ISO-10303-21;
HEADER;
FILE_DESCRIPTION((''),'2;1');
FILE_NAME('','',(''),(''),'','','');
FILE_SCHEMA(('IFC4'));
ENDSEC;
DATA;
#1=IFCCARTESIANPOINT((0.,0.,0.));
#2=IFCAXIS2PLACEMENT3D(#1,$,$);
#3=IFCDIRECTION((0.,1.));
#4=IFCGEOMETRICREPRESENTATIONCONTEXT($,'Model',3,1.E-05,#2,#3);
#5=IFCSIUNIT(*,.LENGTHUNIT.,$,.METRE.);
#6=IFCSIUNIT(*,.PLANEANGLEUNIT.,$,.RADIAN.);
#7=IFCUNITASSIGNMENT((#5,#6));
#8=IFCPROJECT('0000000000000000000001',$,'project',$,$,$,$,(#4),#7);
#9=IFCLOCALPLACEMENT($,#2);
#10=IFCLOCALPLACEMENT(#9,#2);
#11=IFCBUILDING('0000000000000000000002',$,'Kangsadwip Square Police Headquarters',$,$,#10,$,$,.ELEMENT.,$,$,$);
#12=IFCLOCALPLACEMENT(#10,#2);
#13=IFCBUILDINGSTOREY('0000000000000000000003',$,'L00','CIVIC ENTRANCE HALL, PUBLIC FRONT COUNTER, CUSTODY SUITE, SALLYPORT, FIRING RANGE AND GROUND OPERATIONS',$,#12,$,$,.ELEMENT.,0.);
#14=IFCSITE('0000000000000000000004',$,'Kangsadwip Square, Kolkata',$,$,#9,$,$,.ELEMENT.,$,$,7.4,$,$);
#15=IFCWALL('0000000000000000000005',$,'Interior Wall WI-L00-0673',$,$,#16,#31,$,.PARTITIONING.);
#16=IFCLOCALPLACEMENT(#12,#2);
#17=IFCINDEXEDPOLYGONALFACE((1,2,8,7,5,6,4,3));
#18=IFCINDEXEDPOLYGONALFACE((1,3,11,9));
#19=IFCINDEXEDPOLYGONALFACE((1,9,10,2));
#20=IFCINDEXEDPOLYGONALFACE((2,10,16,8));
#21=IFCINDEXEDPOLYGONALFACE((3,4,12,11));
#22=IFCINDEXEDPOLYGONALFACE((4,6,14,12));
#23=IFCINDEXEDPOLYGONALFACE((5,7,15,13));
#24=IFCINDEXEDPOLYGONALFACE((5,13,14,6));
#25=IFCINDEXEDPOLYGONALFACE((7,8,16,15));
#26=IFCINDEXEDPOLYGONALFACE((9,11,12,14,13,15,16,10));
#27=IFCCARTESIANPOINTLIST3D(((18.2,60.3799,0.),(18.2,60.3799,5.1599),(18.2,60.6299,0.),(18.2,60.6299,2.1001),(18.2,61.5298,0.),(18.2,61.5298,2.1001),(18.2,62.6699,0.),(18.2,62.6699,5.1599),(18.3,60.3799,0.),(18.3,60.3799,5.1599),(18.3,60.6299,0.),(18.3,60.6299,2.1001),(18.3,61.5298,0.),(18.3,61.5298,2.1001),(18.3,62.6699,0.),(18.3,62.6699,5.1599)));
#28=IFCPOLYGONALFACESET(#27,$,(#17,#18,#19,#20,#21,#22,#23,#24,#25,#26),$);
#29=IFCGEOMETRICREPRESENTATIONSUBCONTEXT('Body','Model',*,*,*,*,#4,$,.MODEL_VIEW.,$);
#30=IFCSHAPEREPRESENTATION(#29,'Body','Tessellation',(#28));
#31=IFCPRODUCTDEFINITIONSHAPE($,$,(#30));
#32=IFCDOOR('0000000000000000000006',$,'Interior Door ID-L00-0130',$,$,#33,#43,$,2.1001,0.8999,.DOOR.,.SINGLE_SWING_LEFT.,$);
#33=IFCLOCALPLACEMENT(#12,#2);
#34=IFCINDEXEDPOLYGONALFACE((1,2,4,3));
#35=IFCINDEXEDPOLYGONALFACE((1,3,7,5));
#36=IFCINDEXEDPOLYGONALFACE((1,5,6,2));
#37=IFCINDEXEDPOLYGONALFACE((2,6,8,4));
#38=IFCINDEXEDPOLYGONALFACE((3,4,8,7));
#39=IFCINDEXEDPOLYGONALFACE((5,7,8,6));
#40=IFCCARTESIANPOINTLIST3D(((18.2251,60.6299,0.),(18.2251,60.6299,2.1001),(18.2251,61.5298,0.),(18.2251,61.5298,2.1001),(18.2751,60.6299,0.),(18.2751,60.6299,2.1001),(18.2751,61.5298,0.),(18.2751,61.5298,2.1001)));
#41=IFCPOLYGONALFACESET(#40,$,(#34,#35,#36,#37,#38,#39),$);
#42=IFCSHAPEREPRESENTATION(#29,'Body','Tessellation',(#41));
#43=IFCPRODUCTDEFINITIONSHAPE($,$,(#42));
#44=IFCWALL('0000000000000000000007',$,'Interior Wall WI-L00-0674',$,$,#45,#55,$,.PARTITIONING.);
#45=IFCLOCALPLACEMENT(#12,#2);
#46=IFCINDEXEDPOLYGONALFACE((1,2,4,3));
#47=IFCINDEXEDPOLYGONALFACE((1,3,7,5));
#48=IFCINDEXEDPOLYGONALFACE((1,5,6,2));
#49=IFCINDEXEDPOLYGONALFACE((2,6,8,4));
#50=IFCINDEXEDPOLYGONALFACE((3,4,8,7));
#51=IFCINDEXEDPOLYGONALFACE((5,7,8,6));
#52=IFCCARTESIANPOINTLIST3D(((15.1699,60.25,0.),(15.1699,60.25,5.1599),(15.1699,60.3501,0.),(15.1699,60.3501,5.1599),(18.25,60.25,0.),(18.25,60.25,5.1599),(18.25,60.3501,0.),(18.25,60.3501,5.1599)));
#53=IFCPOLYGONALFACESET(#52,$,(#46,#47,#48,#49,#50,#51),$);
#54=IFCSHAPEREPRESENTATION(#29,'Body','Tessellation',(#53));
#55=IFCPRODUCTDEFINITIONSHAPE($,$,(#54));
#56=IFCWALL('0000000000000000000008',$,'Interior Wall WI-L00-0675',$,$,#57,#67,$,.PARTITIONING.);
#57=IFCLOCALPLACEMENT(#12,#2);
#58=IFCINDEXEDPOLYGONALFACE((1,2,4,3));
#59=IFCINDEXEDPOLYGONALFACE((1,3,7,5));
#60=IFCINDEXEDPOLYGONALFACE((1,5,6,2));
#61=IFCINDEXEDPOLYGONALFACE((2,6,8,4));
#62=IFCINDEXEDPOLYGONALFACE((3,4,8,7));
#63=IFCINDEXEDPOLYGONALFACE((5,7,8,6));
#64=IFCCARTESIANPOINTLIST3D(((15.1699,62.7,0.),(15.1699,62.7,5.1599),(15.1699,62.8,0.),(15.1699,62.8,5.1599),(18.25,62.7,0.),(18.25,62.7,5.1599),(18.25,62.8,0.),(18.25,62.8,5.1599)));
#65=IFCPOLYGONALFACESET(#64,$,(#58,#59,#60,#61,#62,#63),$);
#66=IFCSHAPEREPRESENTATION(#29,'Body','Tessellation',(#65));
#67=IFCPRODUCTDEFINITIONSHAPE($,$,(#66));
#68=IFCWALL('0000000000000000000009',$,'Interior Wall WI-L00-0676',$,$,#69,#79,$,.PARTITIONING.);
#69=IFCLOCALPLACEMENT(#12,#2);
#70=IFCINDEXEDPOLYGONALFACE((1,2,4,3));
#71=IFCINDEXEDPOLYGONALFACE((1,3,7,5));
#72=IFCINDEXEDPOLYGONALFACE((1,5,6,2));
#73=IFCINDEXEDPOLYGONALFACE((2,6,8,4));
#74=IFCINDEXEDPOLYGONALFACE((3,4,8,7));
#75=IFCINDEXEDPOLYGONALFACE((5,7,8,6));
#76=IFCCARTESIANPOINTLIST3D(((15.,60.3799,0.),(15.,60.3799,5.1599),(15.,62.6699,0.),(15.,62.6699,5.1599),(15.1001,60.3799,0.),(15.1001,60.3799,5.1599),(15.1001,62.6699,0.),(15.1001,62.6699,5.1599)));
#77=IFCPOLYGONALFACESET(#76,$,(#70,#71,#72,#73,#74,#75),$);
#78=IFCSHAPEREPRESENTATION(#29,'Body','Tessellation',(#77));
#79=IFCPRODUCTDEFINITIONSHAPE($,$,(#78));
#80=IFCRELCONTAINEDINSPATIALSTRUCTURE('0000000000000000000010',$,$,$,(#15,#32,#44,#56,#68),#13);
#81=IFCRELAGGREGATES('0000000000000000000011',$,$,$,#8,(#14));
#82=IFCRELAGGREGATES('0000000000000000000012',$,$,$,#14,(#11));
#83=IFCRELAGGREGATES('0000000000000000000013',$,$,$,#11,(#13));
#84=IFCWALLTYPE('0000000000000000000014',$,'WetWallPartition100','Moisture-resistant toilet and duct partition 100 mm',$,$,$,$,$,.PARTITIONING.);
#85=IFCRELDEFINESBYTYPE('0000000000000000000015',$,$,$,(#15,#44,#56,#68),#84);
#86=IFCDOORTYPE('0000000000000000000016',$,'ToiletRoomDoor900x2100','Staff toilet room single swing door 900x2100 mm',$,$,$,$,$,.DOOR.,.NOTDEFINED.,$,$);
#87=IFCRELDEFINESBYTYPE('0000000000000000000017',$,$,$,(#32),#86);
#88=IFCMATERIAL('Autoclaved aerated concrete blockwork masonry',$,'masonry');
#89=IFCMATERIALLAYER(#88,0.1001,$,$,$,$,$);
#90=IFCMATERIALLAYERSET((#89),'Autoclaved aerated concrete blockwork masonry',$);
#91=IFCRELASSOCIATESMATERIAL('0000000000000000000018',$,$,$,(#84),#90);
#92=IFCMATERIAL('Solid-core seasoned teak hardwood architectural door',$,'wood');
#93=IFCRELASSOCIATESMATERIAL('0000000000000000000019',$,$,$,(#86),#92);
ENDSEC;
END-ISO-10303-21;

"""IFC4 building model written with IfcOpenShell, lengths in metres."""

from ifc_helpers import new_model, si_unit, direction, frame, frame_2d, origin, place, context, subcontext, project, spatial, rectangle, extrude, material, layer, layer_set, type_object, element, fill, save


model = new_model("IFC4")

# Units and contexts
model_context = context("Model", 3, precision=1e-05, world=origin(), true_north=direction((0.0, 1.0)))
body_context = subcontext(model_context, "Body", "Model", "MODEL_VIEW")
ifc_project = project(units=[si_unit("LENGTHUNIT", "METRE"), si_unit("PLANEANGLEUNIT", "RADIAN")], contexts=[model_context])

# Site, building, storey
site_placement = place(None, origin())
site = spatial("IfcSite", under=ifc_project, at=site_placement, Name="Kangsadwip Square, Kolkata", CompositionType="ELEMENT", RefElevation=7.4)
building_placement = place(site_placement, origin())
building = spatial("IfcBuilding", under=site, at=building_placement, Name="Kangsadwip Square Police Headquarters", CompositionType="ELEMENT")
storey_placement = place(building_placement, origin())
storey = spatial("IfcBuildingStorey", under=building, at=storey_placement, Name="L00", Description="CIVIC ENTRANCE HALL, PUBLIC FRONT COUNTER, CUSTODY SUITE, SALLYPORT, FIRING RANGE AND GROUND OPERATIONS", CompositionType="ELEMENT", Elevation=0.0)

# Shared definitions
ifc_material_1 = material(Name="Autoclaved aerated concrete blockwork masonry", Category="masonry")
ifc_layer_1 = layer(ifc_material_1, 0.1001)
ifc_layer_set_1 = layer_set([ifc_layer_1], Name="Autoclaved aerated concrete blockwork masonry")
wall_type_1 = type_object("IfcWallType", Name="WetWallPartition100", Description="Moisture-resistant toilet and duct partition 100 mm", PredefinedType="PARTITIONING", material=ifc_layer_set_1)

# Wall, opening, door
wall_1_placement = place(storey_placement, frame((18.25, 60.3799, 0.0), z_axis=(0.0, 0.0, 1.0), x_axis=(0.0, 1.0, 0.0)))
wall_1 = element("IfcWall", 1, at=wall_1_placement, inside=storey, type_object=wall_type_1, Name="Interior Wall WI-L00-0673", PredefinedType="PARTITIONING", context=body_context, shape_type="SweptSolid", body=[
    extrude(rectangle(XDim=2.29, YDim=0.1001, at=frame_2d((1.145, 0.0))), origin(), (0.0, 0.0, 1.0), 5.1599),
])
opening_1_placement = place(wall_1_placement, frame((0.25, 0.0, 0.0)))
opening_1 = element("IfcOpeningElement", 2, at=opening_1_placement, cuts=wall_1, PredefinedType="OPENING", context=body_context, shape_type="SweptSolid", body=[
    extrude(rectangle(XDim=0.8999, YDim=2.1001, at=frame_2d((0.45, 1.05))), frame((0.0, 0.0601, 0.0), z_axis=(0.0, -1.0, 0.0), x_axis=(1.0, 0.0, 0.0)), (0.0, 0.0, 1.0), 0.1201),
])
ifc_material_2 = material(Name="Solid-core seasoned teak hardwood architectural door", Category="wood")
door_type_1 = type_object("IfcDoorType", Name="ToiletRoomDoor900x2100", Description="Staff toilet room single swing door 900x2100 mm", OperationType="NOTDEFINED", PredefinedType="DOOR", material=ifc_material_2)
door_1_placement = place(opening_1_placement, origin())
door_1 = element("IfcDoor", 3, at=door_1_placement, inside=storey, type_object=door_type_1, Name="Interior Door ID-L00-0130", OperationType="SINGLE_SWING_LEFT", OverallHeight=2.1001, OverallWidth=0.8999, PredefinedType="DOOR", context=body_context, shape_type="SweptSolid", body=[
    extrude(rectangle(XDim=0.8999, YDim=2.1001, at=frame_2d((0.45, 1.05))), frame((0.0, 0.0249, 0.0), z_axis=(0.0, -1.0, 0.0), x_axis=(1.0, 0.0, 0.0)), (0.0, 0.0, 1.0), 0.05),
])
fill(opening_1, door_1)

# Walls
for number, where, z_axis, x_axis, name in (
    (4, (15.1699, 60.3, 0.0), (0.0, 0.0, 1.0), (1.0, 0.0, 0.0), "Interior Wall WI-L00-0674"),
    (5, (15.1699, 62.75, 0.0), (0.0, 0.0, 1.0), (1.0, 0.0, 0.0), "Interior Wall WI-L00-0675"),
):
    element("IfcWall", number, at=place(storey_placement, frame(where, z_axis=z_axis, x_axis=x_axis)), inside=storey, type_object=wall_type_1, Name=name, PredefinedType="PARTITIONING", context=body_context, shape_type="SweptSolid", body=[
        extrude(rectangle(XDim=3.0801, YDim=0.1001, at=frame_2d((1.54, 0.0))), origin(), (0.0, 0.0, 1.0), 5.1599),
    ])
wall_2_placement = place(storey_placement, frame((15.05, 60.3799, 0.0), z_axis=(0.0, 0.0, 1.0), x_axis=(0.0, 1.0, 0.0)))
element("IfcWall", 6, at=wall_2_placement, inside=storey, type_object=wall_type_1, Name="Interior Wall WI-L00-0676", PredefinedType="PARTITIONING", context=body_context, shape_type="SweptSolid", body=[
    extrude(rectangle(XDim=2.29, YDim=0.1001, at=frame_2d((1.145, 0.0))), origin(), (0.0, 0.0, 1.0), 5.1599),
])

save(model, "model.ifc")
